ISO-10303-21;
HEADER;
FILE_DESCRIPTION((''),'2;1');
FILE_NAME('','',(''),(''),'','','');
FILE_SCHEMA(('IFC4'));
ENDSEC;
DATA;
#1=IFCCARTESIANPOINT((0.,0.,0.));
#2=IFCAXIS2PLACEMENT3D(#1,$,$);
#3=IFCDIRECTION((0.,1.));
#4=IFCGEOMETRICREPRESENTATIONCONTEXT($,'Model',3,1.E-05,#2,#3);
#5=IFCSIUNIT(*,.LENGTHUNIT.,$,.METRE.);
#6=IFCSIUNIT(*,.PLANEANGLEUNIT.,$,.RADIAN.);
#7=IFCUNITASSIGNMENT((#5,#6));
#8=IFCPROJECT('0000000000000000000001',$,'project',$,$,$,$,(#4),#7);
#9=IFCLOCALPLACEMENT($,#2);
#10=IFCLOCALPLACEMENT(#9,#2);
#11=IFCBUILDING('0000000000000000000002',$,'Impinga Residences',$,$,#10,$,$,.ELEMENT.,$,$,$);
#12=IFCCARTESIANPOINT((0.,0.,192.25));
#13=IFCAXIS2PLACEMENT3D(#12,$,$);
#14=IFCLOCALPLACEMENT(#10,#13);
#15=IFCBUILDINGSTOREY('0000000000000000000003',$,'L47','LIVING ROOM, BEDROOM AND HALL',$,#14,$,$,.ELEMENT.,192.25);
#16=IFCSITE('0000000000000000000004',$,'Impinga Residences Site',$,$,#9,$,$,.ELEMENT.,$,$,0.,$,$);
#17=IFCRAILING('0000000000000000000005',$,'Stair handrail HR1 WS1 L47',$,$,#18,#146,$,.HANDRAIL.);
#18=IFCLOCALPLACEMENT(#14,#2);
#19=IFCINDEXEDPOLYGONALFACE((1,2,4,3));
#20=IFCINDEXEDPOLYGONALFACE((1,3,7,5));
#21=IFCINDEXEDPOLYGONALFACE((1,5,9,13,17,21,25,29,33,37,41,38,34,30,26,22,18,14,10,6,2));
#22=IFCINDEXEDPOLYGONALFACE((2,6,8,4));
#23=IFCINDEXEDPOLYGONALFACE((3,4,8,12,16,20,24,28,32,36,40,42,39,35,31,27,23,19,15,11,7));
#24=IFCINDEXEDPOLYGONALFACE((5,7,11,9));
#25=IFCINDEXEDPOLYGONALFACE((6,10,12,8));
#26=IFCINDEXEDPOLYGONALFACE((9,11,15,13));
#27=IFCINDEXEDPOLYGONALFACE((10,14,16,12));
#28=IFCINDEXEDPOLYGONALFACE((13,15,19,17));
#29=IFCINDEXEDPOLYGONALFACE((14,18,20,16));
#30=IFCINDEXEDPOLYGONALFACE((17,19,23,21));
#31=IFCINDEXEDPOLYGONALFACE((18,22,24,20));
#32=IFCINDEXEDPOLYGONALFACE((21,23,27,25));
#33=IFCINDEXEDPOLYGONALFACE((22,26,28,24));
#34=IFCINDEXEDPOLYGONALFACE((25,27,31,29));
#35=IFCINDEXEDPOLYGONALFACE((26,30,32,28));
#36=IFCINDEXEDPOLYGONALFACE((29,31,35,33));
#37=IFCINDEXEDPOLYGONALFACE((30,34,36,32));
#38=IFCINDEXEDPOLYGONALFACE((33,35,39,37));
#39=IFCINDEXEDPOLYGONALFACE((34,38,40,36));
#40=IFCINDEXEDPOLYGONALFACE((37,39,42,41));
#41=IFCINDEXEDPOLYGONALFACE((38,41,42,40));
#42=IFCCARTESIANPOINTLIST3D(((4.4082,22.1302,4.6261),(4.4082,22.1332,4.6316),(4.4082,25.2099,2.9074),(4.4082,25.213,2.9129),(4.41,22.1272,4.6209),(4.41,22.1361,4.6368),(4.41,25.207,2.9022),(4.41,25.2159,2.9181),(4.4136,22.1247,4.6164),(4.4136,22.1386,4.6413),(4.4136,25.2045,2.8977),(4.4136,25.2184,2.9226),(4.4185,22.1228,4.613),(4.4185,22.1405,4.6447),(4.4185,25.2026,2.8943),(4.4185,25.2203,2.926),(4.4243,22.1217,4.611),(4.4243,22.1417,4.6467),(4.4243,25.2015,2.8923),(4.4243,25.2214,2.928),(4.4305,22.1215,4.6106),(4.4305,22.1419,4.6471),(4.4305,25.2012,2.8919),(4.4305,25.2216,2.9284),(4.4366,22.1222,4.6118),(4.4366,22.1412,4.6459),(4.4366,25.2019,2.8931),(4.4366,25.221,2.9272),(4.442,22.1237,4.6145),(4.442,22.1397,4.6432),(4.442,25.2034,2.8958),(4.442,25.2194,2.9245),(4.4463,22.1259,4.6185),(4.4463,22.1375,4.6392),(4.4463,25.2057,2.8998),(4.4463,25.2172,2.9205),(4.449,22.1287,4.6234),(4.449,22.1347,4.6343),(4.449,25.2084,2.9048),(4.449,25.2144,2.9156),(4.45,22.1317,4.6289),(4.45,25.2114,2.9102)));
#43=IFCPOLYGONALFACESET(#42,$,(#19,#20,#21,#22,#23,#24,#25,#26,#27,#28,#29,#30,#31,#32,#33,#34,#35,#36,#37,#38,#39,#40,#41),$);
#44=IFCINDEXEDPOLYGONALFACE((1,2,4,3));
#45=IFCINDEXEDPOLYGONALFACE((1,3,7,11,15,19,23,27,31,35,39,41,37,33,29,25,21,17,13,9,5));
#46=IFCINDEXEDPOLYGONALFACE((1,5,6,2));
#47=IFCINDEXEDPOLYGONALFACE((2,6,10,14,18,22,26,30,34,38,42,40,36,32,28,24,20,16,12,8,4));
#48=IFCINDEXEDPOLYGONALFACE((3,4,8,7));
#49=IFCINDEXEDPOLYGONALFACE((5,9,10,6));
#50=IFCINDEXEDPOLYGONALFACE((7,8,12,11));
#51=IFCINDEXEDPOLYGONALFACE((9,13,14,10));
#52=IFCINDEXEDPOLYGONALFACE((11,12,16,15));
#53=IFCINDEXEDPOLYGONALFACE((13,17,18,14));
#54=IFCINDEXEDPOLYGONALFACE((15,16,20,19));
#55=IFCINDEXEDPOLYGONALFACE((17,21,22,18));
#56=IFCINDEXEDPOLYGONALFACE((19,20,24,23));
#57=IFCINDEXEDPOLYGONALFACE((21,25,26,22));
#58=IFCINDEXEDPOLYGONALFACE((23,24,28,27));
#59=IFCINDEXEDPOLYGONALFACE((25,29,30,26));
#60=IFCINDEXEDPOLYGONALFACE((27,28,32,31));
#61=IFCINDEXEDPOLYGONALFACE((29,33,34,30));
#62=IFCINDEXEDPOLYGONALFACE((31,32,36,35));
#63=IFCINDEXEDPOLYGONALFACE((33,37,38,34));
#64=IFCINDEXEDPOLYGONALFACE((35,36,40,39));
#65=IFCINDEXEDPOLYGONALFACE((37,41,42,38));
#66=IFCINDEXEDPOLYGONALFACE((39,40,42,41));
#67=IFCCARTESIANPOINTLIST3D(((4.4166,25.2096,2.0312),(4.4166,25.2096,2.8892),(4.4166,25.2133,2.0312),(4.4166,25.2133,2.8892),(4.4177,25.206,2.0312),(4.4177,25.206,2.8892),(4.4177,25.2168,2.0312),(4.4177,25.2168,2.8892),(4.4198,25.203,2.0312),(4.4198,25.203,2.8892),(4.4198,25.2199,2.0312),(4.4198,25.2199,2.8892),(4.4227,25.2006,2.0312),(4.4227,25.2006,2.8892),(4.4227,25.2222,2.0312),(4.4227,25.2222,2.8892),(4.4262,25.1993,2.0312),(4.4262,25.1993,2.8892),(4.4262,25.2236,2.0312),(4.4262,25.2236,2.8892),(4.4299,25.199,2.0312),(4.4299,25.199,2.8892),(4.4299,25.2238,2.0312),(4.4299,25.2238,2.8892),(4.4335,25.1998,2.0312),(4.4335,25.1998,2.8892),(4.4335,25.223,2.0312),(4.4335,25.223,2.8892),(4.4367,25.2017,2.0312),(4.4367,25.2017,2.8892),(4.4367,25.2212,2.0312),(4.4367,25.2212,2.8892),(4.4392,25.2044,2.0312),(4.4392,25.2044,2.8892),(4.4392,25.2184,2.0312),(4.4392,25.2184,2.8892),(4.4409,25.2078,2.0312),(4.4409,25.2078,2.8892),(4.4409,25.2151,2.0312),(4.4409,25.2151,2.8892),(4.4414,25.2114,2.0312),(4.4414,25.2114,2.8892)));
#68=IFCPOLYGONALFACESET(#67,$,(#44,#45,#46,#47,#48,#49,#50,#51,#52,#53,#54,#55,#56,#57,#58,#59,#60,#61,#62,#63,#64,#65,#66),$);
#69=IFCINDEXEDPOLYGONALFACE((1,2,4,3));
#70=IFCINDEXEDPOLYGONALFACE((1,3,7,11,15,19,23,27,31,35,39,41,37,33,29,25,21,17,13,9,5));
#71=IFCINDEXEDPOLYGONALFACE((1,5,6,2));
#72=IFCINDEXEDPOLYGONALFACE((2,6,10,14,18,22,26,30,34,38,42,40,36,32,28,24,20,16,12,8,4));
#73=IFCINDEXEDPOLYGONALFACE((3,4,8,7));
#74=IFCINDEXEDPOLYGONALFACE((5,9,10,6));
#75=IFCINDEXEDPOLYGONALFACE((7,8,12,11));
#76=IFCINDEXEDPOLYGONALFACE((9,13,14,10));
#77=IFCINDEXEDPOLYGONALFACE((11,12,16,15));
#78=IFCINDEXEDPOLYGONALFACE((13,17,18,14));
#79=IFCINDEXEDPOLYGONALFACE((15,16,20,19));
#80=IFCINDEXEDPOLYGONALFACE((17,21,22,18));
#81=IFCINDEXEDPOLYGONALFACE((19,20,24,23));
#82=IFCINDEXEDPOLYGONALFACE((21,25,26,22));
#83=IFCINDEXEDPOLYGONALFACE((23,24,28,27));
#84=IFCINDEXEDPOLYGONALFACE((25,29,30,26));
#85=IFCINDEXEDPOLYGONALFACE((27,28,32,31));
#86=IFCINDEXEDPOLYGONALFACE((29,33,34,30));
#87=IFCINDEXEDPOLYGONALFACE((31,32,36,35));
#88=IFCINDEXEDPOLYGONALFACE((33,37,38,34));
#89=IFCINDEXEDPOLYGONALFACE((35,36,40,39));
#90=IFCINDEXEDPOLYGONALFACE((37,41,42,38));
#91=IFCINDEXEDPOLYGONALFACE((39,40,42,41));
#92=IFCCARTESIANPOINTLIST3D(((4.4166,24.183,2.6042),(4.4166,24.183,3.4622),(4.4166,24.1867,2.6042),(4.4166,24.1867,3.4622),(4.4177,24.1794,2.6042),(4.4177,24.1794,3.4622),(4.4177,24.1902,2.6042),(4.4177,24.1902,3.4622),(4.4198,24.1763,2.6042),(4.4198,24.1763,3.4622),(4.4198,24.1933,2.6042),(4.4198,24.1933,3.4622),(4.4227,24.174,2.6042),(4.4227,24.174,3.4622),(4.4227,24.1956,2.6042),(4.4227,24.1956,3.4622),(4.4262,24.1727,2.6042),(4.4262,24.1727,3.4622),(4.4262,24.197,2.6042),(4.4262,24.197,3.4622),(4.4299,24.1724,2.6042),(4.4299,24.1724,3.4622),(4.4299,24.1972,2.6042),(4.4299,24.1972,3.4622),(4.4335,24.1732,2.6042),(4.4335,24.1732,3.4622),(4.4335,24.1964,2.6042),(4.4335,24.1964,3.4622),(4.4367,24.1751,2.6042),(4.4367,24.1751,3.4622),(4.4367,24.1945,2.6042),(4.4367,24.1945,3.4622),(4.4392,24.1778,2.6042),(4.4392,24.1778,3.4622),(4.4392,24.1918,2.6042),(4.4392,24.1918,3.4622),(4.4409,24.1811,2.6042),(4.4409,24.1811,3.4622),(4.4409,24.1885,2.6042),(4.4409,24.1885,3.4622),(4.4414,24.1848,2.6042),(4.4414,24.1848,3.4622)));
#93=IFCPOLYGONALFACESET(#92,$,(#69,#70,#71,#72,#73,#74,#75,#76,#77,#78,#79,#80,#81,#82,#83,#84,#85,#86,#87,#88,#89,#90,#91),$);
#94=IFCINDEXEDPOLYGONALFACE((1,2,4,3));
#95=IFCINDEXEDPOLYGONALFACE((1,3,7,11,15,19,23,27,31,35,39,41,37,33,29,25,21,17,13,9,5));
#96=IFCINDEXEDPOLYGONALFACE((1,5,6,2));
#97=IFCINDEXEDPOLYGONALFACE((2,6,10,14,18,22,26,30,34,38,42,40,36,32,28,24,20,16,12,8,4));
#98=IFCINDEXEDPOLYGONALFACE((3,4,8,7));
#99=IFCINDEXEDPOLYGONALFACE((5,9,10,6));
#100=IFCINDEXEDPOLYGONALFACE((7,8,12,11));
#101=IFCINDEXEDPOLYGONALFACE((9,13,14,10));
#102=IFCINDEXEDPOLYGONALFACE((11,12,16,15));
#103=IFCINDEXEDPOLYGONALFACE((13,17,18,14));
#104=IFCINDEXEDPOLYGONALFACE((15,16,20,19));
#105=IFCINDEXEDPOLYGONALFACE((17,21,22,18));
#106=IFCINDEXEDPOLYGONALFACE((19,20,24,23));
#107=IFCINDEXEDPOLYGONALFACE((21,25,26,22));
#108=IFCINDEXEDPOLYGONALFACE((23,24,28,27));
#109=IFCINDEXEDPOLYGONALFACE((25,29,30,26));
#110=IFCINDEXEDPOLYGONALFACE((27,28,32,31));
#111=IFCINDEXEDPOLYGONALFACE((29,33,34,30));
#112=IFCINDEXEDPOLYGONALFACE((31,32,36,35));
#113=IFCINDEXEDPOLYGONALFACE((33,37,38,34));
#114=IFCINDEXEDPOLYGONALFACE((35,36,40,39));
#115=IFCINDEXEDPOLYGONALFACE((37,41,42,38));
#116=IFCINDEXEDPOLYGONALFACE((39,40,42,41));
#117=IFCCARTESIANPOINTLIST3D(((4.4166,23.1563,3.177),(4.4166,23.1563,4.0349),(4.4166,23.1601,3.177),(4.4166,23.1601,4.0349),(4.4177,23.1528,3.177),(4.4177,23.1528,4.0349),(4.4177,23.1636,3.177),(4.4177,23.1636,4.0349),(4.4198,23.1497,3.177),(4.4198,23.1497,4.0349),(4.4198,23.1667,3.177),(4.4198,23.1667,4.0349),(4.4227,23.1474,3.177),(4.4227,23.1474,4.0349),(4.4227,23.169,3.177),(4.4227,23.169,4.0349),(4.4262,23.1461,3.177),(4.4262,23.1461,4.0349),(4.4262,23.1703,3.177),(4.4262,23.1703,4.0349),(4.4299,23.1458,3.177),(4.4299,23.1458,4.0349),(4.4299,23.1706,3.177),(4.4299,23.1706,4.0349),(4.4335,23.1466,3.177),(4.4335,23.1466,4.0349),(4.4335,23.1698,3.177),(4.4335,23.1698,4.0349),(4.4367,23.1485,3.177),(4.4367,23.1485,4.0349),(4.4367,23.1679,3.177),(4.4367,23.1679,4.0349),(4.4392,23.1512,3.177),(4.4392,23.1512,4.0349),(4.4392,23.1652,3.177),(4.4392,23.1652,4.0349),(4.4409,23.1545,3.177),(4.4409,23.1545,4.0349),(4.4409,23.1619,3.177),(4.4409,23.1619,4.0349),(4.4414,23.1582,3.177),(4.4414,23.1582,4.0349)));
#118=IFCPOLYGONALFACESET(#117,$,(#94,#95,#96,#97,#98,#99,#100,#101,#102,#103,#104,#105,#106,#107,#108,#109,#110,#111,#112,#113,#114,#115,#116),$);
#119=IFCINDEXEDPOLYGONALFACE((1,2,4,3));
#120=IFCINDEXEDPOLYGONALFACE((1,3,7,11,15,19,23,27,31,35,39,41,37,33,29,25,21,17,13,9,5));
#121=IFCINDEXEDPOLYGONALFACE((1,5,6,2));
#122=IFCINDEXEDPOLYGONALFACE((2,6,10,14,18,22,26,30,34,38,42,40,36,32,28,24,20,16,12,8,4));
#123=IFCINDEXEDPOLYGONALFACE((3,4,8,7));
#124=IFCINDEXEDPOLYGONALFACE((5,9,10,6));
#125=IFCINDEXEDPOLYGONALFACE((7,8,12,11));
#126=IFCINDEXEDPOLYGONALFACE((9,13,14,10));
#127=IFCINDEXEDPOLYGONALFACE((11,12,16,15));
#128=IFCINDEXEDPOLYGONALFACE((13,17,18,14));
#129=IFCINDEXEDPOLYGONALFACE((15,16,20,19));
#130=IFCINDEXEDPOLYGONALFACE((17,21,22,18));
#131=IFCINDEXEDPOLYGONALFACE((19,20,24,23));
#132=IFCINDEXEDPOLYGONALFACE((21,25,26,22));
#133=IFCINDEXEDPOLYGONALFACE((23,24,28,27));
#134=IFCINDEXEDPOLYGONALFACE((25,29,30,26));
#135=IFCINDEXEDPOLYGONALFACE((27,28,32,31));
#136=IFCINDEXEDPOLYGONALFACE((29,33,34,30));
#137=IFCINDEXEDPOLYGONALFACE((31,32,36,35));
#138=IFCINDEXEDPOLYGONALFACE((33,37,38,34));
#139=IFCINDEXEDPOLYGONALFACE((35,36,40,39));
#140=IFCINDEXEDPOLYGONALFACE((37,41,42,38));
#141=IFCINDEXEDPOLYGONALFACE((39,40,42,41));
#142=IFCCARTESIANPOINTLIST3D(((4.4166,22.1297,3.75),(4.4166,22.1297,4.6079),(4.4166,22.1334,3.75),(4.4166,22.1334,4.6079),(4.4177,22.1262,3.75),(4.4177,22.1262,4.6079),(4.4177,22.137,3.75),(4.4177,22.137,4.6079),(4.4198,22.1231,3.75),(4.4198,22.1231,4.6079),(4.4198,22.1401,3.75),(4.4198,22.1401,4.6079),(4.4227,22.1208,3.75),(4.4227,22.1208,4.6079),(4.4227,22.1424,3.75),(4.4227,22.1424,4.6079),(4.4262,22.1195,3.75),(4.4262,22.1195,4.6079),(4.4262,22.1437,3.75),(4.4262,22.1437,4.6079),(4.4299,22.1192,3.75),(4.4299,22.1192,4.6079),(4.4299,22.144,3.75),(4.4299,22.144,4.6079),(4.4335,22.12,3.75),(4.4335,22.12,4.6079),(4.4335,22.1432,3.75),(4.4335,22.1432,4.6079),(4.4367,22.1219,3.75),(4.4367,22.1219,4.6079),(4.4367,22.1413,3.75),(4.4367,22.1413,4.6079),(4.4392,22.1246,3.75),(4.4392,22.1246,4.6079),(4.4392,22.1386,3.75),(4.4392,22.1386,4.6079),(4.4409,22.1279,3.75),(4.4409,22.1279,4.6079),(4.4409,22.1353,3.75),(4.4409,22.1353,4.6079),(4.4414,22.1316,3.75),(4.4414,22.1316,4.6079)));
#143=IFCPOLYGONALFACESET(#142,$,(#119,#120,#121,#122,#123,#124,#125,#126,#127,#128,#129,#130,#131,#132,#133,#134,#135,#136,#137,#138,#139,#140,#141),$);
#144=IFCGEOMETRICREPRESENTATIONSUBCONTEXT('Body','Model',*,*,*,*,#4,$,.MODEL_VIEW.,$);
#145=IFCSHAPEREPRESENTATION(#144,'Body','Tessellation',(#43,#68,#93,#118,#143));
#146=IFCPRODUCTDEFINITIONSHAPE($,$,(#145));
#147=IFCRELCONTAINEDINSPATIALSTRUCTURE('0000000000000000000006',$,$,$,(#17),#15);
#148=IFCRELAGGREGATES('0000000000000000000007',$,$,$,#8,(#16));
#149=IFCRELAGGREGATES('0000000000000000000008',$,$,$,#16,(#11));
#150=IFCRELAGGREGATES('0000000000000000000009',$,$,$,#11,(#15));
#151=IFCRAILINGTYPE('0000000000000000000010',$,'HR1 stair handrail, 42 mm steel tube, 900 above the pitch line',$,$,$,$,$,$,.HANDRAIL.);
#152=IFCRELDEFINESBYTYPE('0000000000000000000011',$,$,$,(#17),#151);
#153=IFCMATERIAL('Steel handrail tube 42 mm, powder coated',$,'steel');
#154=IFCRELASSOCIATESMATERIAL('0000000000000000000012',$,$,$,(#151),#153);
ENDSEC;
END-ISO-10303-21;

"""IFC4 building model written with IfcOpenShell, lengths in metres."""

from ifc_helpers import new_model, si_unit, direction, frame, origin, origin_2d, place, context, subcontext, project, spatial, circle, extrude, material, type_object, element, save


model = new_model("IFC4")

# Units and contexts
model_context = context("Model", 3, precision=1e-05, world=origin(), true_north=direction((0.0, 1.0)))
body_context = subcontext(model_context, "Body", "Model", "MODEL_VIEW")
ifc_project = project(units=[si_unit("LENGTHUNIT", "METRE"), si_unit("PLANEANGLEUNIT", "RADIAN")], contexts=[model_context])

# Site, building, storey
site_placement = place(None, origin())
site = spatial("IfcSite", under=ifc_project, at=site_placement, Name="Impinga Residences Site", CompositionType="ELEMENT", RefElevation=0.0)
building_placement = place(site_placement, origin())
building = spatial("IfcBuilding", under=site, at=building_placement, Name="Impinga Residences", CompositionType="ELEMENT")
storey_placement = place(building_placement, frame((0.0, 0.0, 192.25)))
storey = spatial("IfcBuildingStorey", under=building, at=storey_placement, Name="L47", Description="LIVING ROOM, BEDROOM AND HALL", CompositionType="ELEMENT", Elevation=192.25)

# Railing
ifc_material_1 = material(Name="Steel handrail tube 42 mm, powder coated", Category="steel")
railing_type_1 = type_object("IfcRailingType", Name="HR1 stair handrail, 42 mm steel tube, 900 above the pitch line", PredefinedType="HANDRAIL", material=ifc_material_1)
railing_1_placement = place(storey_placement, frame((4.429, 25.2114, 2.0312)))
element("IfcRailing", 1, at=railing_1_placement, inside=storey, type_object=railing_type_1, Name="Stair handrail HR1 WS1 L47", PredefinedType="HANDRAIL", context=body_context, shape_type="SweptSolid", body=[
    extrude(circle(Radius=0.021, at=origin_2d()), frame((0.0, 0.0, 0.8789), z_axis=(0.0, -0.873225, 0.487317), x_axis=(1.0, 0.0, 0.0)), (0.0, 0.0, 1.0), 3.5269),
    extrude(circle(Radius=0.0125, at=origin_2d()), origin(), (0.0, 0.0, 1.0), 0.8579),
    extrude(circle(Radius=0.0125, at=origin_2d()), frame((0.0, -1.0266, 0.573)), (0.0, 0.0, 1.0), 0.8579),
    extrude(circle(Radius=0.0125, at=origin_2d()), frame((0.0, -2.0532, 1.1458)), (0.0, 0.0, 1.0), 0.8579),
    extrude(circle(Radius=0.0125, at=origin_2d()), frame((0.0, -3.0798, 1.7188)), (0.0, 0.0, 1.0), 0.8579),
])

save(model, "model.ifc")
